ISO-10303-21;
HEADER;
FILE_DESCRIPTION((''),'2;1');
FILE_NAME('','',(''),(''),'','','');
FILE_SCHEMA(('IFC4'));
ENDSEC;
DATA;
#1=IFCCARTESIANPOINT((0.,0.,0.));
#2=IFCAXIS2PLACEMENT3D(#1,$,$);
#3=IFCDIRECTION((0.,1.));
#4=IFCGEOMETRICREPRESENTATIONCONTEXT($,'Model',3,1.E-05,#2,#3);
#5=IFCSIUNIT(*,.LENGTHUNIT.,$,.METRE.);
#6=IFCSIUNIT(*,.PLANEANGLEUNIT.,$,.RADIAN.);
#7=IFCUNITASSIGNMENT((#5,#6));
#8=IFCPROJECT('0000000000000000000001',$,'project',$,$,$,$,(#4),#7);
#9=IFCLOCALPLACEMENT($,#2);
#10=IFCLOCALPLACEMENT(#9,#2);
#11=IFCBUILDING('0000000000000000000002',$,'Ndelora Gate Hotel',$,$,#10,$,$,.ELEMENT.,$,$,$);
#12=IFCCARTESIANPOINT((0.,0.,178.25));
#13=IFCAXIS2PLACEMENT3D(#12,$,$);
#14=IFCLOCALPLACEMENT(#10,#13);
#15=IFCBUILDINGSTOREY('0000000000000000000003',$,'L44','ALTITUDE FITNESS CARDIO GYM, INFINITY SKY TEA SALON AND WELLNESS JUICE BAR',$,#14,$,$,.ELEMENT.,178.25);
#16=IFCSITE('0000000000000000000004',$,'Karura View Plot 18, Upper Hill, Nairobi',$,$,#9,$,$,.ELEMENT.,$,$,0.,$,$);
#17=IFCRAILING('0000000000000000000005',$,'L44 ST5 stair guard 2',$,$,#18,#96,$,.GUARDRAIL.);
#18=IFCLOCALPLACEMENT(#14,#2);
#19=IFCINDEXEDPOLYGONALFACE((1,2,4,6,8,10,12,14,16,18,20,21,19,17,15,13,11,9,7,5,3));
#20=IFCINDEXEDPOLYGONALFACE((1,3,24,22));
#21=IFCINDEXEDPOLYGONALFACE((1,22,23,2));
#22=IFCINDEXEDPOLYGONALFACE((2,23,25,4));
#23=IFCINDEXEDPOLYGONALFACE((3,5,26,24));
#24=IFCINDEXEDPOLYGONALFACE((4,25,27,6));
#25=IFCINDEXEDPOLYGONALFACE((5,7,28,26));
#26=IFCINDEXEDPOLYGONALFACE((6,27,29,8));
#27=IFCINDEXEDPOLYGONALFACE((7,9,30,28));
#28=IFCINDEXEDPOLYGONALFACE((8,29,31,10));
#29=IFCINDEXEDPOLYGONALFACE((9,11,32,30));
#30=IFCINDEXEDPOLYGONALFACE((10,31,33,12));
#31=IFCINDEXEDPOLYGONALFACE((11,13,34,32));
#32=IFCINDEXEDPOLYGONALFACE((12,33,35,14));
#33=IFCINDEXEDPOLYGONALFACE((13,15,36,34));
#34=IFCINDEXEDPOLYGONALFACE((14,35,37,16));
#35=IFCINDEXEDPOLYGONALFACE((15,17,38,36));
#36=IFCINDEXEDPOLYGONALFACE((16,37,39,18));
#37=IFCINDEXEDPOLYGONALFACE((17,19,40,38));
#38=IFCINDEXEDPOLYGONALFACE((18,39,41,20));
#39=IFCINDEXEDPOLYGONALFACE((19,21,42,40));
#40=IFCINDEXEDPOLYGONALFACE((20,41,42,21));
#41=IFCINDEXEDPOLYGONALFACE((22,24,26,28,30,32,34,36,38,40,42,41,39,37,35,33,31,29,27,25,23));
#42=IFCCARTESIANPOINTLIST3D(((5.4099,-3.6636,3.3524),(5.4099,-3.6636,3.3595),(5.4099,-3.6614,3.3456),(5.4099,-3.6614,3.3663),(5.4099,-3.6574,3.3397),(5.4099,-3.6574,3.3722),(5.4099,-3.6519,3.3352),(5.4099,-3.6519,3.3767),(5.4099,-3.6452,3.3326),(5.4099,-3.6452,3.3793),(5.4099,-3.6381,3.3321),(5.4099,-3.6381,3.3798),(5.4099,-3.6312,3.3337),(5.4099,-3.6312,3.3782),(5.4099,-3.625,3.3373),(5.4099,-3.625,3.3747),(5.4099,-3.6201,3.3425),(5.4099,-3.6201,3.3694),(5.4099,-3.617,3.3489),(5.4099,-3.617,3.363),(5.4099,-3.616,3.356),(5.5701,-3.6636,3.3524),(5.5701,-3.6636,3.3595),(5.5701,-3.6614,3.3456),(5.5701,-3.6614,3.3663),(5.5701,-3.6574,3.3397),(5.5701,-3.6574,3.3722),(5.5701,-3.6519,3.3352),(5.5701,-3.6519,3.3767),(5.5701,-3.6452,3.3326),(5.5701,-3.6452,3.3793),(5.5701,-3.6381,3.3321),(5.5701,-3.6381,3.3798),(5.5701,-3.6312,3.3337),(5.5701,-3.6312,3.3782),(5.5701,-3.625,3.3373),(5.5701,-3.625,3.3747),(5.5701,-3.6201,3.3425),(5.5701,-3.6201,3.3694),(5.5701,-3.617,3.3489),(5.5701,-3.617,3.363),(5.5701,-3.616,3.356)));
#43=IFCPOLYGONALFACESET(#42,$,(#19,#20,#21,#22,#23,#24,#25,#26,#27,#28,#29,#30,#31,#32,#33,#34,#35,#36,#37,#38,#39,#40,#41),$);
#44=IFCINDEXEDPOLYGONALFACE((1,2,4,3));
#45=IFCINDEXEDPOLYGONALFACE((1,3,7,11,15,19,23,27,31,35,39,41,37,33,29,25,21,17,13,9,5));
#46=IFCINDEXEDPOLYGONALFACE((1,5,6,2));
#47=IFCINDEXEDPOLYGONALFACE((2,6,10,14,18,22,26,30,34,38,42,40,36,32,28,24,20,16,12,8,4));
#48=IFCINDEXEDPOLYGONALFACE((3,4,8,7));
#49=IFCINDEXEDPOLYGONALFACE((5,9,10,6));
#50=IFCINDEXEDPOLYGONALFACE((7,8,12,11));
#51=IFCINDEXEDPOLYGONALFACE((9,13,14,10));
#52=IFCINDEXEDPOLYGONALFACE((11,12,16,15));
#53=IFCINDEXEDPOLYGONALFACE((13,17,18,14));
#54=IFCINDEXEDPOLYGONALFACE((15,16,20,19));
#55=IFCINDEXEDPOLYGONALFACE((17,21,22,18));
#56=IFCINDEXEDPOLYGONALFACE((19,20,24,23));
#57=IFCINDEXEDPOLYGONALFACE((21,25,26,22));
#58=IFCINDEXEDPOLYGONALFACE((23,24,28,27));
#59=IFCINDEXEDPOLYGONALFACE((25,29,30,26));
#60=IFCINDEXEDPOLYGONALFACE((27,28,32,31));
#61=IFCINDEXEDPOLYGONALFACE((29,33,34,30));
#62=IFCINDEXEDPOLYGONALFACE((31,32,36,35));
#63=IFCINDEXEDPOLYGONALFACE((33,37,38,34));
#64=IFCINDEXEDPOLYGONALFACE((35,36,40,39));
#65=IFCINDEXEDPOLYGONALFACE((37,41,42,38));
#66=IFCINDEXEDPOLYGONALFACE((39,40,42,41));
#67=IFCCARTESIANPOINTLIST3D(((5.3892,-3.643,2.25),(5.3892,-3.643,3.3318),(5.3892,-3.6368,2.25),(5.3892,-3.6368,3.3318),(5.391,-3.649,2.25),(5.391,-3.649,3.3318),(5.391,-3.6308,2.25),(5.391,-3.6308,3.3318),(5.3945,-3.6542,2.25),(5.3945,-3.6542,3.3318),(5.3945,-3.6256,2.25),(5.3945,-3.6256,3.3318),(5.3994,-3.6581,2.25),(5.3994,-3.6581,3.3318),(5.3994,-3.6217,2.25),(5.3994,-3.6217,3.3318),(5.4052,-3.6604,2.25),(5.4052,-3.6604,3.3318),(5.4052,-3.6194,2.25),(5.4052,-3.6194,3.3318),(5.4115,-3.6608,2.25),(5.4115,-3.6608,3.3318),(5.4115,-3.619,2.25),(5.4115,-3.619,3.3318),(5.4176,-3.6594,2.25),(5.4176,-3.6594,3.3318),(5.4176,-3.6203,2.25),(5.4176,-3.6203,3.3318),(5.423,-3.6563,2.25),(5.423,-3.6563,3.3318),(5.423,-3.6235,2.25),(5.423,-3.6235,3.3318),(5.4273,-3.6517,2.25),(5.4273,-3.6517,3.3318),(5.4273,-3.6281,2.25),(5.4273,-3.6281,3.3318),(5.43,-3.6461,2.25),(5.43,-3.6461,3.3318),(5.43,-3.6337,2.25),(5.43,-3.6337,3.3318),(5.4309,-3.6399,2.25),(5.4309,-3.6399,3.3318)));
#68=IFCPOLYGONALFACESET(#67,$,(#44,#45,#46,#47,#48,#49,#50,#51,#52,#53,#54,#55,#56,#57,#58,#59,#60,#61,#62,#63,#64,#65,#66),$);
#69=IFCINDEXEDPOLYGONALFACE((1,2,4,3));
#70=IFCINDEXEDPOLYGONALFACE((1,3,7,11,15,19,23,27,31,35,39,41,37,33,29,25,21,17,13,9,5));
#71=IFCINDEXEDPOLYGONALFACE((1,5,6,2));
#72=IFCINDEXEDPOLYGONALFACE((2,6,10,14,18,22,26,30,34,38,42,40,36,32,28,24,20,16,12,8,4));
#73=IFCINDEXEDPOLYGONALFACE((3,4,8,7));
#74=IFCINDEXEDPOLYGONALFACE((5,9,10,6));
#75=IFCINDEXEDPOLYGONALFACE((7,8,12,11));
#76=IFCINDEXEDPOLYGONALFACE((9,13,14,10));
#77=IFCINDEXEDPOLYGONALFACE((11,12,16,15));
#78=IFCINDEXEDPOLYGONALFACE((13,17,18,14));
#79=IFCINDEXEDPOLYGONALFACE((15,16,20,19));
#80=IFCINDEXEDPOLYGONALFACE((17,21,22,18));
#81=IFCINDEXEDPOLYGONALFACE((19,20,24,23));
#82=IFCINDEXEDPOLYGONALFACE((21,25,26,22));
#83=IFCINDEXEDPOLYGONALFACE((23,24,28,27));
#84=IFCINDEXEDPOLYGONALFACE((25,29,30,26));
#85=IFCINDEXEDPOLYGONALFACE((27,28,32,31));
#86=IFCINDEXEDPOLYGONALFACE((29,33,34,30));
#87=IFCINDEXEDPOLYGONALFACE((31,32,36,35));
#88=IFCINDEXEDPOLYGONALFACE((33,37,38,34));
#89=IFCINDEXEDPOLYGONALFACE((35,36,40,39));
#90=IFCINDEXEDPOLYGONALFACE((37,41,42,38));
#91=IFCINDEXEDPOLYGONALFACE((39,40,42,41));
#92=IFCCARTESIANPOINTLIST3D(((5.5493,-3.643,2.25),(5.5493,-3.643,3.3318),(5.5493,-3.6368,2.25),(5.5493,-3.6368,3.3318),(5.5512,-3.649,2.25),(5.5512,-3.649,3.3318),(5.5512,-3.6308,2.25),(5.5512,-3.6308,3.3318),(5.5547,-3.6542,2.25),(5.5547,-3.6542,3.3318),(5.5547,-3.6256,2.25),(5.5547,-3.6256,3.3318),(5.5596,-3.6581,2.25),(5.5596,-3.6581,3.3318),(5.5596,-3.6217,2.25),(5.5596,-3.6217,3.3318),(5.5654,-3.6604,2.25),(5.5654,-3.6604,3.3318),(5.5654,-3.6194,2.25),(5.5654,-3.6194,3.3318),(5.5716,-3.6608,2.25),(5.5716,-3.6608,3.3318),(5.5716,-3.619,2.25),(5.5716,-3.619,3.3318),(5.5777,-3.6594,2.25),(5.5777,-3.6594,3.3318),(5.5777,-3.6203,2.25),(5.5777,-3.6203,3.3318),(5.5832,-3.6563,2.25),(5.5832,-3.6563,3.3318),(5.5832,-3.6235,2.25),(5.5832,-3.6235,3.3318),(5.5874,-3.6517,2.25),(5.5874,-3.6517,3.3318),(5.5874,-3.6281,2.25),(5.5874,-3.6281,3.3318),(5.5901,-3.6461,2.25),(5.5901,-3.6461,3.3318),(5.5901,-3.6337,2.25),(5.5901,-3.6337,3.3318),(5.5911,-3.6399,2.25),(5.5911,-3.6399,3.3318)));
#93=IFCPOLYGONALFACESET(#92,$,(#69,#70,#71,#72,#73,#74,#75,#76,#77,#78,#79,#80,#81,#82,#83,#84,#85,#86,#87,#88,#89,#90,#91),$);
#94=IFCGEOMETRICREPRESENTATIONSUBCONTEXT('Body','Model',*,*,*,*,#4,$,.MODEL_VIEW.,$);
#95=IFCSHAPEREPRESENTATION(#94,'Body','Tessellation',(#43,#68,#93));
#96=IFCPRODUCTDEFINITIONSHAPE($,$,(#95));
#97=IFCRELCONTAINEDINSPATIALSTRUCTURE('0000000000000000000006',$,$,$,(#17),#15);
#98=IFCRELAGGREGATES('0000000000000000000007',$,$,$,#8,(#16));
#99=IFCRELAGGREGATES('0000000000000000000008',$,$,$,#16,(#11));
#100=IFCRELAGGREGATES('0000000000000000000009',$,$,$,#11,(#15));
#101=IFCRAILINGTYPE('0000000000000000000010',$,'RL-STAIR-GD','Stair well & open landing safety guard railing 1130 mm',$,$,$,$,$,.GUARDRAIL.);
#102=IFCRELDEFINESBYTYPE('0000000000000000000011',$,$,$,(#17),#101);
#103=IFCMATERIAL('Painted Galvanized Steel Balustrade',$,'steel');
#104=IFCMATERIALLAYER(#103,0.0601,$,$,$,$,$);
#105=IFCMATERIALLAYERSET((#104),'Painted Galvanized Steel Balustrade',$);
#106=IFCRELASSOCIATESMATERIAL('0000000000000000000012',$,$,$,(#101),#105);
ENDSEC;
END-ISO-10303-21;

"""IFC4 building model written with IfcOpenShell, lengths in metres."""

from ifc_helpers import new_model, si_unit, direction, frame, origin, origin_2d, place, context, subcontext, project, spatial, circle, extrude, material, layer, layer_set, type_object, element, save


model = new_model("IFC4")

# Units and contexts
model_context = context("Model", 3, precision=1e-05, world=origin(), true_north=direction((0.0, 1.0)))
body_context = subcontext(model_context, "Body", "Model", "MODEL_VIEW")
ifc_project = project(units=[si_unit("LENGTHUNIT", "METRE"), si_unit("PLANEANGLEUNIT", "RADIAN")], contexts=[model_context])

# Site, building, storey
site_placement = place(None, origin())
site = spatial("IfcSite", under=ifc_project, at=site_placement, Name="Karura View Plot 18, Upper Hill, Nairobi", CompositionType="ELEMENT", RefElevation=0.0)
building_placement = place(site_placement, origin())
building = spatial("IfcBuilding", under=site, at=building_placement, Name="Ndelora Gate Hotel", CompositionType="ELEMENT")
storey_placement = place(building_placement, frame((0.0, 0.0, 178.25)))
storey = spatial("IfcBuildingStorey", under=building, at=storey_placement, Name="L44", Description="ALTITUDE FITNESS CARDIO GYM, INFINITY SKY TEA SALON AND WELLNESS JUICE BAR", CompositionType="ELEMENT", Elevation=178.25)

# Railing
ifc_material_1 = material(Name="Painted Galvanized Steel Balustrade", Category="steel")
ifc_layer_1 = layer(ifc_material_1, 0.0601)
ifc_layer_set_1 = layer_set([ifc_layer_1], Name="Painted Galvanized Steel Balustrade")
railing_type_1 = type_object("IfcRailingType", Name="RL-STAIR-GD", Description="Stair well & open landing safety guard railing 1130 mm", PredefinedType="GUARDRAIL", material=ifc_layer_set_1)
railing_1_placement = place(storey_placement, frame((5.4099, -3.6399, 2.25)))
element("IfcRailing", 1, at=railing_1_placement, inside=storey, type_object=railing_type_1, Name="L44 ST5 stair guard 2", PredefinedType="GUARDRAIL", context=body_context, shape_type="SweptSolid", body=[
    extrude(circle(Radius=0.0239, at=origin_2d()), frame((0.0, 0.0, 1.106), z_axis=(1.0, 0.0, 0.0), x_axis=(0.0, 1.0, 0.0)), (0.0, 0.0, 1.0), 0.1602),
    extrude(circle(Radius=0.021, at=origin_2d()), origin(), (0.0, 0.0, 1.0), 1.0818),
    extrude(circle(Radius=0.021, at=origin_2d()), frame((0.1602, 0.0, 0.0)), (0.0, 0.0, 1.0), 1.0818),
])

save(model, "model.ifc")
